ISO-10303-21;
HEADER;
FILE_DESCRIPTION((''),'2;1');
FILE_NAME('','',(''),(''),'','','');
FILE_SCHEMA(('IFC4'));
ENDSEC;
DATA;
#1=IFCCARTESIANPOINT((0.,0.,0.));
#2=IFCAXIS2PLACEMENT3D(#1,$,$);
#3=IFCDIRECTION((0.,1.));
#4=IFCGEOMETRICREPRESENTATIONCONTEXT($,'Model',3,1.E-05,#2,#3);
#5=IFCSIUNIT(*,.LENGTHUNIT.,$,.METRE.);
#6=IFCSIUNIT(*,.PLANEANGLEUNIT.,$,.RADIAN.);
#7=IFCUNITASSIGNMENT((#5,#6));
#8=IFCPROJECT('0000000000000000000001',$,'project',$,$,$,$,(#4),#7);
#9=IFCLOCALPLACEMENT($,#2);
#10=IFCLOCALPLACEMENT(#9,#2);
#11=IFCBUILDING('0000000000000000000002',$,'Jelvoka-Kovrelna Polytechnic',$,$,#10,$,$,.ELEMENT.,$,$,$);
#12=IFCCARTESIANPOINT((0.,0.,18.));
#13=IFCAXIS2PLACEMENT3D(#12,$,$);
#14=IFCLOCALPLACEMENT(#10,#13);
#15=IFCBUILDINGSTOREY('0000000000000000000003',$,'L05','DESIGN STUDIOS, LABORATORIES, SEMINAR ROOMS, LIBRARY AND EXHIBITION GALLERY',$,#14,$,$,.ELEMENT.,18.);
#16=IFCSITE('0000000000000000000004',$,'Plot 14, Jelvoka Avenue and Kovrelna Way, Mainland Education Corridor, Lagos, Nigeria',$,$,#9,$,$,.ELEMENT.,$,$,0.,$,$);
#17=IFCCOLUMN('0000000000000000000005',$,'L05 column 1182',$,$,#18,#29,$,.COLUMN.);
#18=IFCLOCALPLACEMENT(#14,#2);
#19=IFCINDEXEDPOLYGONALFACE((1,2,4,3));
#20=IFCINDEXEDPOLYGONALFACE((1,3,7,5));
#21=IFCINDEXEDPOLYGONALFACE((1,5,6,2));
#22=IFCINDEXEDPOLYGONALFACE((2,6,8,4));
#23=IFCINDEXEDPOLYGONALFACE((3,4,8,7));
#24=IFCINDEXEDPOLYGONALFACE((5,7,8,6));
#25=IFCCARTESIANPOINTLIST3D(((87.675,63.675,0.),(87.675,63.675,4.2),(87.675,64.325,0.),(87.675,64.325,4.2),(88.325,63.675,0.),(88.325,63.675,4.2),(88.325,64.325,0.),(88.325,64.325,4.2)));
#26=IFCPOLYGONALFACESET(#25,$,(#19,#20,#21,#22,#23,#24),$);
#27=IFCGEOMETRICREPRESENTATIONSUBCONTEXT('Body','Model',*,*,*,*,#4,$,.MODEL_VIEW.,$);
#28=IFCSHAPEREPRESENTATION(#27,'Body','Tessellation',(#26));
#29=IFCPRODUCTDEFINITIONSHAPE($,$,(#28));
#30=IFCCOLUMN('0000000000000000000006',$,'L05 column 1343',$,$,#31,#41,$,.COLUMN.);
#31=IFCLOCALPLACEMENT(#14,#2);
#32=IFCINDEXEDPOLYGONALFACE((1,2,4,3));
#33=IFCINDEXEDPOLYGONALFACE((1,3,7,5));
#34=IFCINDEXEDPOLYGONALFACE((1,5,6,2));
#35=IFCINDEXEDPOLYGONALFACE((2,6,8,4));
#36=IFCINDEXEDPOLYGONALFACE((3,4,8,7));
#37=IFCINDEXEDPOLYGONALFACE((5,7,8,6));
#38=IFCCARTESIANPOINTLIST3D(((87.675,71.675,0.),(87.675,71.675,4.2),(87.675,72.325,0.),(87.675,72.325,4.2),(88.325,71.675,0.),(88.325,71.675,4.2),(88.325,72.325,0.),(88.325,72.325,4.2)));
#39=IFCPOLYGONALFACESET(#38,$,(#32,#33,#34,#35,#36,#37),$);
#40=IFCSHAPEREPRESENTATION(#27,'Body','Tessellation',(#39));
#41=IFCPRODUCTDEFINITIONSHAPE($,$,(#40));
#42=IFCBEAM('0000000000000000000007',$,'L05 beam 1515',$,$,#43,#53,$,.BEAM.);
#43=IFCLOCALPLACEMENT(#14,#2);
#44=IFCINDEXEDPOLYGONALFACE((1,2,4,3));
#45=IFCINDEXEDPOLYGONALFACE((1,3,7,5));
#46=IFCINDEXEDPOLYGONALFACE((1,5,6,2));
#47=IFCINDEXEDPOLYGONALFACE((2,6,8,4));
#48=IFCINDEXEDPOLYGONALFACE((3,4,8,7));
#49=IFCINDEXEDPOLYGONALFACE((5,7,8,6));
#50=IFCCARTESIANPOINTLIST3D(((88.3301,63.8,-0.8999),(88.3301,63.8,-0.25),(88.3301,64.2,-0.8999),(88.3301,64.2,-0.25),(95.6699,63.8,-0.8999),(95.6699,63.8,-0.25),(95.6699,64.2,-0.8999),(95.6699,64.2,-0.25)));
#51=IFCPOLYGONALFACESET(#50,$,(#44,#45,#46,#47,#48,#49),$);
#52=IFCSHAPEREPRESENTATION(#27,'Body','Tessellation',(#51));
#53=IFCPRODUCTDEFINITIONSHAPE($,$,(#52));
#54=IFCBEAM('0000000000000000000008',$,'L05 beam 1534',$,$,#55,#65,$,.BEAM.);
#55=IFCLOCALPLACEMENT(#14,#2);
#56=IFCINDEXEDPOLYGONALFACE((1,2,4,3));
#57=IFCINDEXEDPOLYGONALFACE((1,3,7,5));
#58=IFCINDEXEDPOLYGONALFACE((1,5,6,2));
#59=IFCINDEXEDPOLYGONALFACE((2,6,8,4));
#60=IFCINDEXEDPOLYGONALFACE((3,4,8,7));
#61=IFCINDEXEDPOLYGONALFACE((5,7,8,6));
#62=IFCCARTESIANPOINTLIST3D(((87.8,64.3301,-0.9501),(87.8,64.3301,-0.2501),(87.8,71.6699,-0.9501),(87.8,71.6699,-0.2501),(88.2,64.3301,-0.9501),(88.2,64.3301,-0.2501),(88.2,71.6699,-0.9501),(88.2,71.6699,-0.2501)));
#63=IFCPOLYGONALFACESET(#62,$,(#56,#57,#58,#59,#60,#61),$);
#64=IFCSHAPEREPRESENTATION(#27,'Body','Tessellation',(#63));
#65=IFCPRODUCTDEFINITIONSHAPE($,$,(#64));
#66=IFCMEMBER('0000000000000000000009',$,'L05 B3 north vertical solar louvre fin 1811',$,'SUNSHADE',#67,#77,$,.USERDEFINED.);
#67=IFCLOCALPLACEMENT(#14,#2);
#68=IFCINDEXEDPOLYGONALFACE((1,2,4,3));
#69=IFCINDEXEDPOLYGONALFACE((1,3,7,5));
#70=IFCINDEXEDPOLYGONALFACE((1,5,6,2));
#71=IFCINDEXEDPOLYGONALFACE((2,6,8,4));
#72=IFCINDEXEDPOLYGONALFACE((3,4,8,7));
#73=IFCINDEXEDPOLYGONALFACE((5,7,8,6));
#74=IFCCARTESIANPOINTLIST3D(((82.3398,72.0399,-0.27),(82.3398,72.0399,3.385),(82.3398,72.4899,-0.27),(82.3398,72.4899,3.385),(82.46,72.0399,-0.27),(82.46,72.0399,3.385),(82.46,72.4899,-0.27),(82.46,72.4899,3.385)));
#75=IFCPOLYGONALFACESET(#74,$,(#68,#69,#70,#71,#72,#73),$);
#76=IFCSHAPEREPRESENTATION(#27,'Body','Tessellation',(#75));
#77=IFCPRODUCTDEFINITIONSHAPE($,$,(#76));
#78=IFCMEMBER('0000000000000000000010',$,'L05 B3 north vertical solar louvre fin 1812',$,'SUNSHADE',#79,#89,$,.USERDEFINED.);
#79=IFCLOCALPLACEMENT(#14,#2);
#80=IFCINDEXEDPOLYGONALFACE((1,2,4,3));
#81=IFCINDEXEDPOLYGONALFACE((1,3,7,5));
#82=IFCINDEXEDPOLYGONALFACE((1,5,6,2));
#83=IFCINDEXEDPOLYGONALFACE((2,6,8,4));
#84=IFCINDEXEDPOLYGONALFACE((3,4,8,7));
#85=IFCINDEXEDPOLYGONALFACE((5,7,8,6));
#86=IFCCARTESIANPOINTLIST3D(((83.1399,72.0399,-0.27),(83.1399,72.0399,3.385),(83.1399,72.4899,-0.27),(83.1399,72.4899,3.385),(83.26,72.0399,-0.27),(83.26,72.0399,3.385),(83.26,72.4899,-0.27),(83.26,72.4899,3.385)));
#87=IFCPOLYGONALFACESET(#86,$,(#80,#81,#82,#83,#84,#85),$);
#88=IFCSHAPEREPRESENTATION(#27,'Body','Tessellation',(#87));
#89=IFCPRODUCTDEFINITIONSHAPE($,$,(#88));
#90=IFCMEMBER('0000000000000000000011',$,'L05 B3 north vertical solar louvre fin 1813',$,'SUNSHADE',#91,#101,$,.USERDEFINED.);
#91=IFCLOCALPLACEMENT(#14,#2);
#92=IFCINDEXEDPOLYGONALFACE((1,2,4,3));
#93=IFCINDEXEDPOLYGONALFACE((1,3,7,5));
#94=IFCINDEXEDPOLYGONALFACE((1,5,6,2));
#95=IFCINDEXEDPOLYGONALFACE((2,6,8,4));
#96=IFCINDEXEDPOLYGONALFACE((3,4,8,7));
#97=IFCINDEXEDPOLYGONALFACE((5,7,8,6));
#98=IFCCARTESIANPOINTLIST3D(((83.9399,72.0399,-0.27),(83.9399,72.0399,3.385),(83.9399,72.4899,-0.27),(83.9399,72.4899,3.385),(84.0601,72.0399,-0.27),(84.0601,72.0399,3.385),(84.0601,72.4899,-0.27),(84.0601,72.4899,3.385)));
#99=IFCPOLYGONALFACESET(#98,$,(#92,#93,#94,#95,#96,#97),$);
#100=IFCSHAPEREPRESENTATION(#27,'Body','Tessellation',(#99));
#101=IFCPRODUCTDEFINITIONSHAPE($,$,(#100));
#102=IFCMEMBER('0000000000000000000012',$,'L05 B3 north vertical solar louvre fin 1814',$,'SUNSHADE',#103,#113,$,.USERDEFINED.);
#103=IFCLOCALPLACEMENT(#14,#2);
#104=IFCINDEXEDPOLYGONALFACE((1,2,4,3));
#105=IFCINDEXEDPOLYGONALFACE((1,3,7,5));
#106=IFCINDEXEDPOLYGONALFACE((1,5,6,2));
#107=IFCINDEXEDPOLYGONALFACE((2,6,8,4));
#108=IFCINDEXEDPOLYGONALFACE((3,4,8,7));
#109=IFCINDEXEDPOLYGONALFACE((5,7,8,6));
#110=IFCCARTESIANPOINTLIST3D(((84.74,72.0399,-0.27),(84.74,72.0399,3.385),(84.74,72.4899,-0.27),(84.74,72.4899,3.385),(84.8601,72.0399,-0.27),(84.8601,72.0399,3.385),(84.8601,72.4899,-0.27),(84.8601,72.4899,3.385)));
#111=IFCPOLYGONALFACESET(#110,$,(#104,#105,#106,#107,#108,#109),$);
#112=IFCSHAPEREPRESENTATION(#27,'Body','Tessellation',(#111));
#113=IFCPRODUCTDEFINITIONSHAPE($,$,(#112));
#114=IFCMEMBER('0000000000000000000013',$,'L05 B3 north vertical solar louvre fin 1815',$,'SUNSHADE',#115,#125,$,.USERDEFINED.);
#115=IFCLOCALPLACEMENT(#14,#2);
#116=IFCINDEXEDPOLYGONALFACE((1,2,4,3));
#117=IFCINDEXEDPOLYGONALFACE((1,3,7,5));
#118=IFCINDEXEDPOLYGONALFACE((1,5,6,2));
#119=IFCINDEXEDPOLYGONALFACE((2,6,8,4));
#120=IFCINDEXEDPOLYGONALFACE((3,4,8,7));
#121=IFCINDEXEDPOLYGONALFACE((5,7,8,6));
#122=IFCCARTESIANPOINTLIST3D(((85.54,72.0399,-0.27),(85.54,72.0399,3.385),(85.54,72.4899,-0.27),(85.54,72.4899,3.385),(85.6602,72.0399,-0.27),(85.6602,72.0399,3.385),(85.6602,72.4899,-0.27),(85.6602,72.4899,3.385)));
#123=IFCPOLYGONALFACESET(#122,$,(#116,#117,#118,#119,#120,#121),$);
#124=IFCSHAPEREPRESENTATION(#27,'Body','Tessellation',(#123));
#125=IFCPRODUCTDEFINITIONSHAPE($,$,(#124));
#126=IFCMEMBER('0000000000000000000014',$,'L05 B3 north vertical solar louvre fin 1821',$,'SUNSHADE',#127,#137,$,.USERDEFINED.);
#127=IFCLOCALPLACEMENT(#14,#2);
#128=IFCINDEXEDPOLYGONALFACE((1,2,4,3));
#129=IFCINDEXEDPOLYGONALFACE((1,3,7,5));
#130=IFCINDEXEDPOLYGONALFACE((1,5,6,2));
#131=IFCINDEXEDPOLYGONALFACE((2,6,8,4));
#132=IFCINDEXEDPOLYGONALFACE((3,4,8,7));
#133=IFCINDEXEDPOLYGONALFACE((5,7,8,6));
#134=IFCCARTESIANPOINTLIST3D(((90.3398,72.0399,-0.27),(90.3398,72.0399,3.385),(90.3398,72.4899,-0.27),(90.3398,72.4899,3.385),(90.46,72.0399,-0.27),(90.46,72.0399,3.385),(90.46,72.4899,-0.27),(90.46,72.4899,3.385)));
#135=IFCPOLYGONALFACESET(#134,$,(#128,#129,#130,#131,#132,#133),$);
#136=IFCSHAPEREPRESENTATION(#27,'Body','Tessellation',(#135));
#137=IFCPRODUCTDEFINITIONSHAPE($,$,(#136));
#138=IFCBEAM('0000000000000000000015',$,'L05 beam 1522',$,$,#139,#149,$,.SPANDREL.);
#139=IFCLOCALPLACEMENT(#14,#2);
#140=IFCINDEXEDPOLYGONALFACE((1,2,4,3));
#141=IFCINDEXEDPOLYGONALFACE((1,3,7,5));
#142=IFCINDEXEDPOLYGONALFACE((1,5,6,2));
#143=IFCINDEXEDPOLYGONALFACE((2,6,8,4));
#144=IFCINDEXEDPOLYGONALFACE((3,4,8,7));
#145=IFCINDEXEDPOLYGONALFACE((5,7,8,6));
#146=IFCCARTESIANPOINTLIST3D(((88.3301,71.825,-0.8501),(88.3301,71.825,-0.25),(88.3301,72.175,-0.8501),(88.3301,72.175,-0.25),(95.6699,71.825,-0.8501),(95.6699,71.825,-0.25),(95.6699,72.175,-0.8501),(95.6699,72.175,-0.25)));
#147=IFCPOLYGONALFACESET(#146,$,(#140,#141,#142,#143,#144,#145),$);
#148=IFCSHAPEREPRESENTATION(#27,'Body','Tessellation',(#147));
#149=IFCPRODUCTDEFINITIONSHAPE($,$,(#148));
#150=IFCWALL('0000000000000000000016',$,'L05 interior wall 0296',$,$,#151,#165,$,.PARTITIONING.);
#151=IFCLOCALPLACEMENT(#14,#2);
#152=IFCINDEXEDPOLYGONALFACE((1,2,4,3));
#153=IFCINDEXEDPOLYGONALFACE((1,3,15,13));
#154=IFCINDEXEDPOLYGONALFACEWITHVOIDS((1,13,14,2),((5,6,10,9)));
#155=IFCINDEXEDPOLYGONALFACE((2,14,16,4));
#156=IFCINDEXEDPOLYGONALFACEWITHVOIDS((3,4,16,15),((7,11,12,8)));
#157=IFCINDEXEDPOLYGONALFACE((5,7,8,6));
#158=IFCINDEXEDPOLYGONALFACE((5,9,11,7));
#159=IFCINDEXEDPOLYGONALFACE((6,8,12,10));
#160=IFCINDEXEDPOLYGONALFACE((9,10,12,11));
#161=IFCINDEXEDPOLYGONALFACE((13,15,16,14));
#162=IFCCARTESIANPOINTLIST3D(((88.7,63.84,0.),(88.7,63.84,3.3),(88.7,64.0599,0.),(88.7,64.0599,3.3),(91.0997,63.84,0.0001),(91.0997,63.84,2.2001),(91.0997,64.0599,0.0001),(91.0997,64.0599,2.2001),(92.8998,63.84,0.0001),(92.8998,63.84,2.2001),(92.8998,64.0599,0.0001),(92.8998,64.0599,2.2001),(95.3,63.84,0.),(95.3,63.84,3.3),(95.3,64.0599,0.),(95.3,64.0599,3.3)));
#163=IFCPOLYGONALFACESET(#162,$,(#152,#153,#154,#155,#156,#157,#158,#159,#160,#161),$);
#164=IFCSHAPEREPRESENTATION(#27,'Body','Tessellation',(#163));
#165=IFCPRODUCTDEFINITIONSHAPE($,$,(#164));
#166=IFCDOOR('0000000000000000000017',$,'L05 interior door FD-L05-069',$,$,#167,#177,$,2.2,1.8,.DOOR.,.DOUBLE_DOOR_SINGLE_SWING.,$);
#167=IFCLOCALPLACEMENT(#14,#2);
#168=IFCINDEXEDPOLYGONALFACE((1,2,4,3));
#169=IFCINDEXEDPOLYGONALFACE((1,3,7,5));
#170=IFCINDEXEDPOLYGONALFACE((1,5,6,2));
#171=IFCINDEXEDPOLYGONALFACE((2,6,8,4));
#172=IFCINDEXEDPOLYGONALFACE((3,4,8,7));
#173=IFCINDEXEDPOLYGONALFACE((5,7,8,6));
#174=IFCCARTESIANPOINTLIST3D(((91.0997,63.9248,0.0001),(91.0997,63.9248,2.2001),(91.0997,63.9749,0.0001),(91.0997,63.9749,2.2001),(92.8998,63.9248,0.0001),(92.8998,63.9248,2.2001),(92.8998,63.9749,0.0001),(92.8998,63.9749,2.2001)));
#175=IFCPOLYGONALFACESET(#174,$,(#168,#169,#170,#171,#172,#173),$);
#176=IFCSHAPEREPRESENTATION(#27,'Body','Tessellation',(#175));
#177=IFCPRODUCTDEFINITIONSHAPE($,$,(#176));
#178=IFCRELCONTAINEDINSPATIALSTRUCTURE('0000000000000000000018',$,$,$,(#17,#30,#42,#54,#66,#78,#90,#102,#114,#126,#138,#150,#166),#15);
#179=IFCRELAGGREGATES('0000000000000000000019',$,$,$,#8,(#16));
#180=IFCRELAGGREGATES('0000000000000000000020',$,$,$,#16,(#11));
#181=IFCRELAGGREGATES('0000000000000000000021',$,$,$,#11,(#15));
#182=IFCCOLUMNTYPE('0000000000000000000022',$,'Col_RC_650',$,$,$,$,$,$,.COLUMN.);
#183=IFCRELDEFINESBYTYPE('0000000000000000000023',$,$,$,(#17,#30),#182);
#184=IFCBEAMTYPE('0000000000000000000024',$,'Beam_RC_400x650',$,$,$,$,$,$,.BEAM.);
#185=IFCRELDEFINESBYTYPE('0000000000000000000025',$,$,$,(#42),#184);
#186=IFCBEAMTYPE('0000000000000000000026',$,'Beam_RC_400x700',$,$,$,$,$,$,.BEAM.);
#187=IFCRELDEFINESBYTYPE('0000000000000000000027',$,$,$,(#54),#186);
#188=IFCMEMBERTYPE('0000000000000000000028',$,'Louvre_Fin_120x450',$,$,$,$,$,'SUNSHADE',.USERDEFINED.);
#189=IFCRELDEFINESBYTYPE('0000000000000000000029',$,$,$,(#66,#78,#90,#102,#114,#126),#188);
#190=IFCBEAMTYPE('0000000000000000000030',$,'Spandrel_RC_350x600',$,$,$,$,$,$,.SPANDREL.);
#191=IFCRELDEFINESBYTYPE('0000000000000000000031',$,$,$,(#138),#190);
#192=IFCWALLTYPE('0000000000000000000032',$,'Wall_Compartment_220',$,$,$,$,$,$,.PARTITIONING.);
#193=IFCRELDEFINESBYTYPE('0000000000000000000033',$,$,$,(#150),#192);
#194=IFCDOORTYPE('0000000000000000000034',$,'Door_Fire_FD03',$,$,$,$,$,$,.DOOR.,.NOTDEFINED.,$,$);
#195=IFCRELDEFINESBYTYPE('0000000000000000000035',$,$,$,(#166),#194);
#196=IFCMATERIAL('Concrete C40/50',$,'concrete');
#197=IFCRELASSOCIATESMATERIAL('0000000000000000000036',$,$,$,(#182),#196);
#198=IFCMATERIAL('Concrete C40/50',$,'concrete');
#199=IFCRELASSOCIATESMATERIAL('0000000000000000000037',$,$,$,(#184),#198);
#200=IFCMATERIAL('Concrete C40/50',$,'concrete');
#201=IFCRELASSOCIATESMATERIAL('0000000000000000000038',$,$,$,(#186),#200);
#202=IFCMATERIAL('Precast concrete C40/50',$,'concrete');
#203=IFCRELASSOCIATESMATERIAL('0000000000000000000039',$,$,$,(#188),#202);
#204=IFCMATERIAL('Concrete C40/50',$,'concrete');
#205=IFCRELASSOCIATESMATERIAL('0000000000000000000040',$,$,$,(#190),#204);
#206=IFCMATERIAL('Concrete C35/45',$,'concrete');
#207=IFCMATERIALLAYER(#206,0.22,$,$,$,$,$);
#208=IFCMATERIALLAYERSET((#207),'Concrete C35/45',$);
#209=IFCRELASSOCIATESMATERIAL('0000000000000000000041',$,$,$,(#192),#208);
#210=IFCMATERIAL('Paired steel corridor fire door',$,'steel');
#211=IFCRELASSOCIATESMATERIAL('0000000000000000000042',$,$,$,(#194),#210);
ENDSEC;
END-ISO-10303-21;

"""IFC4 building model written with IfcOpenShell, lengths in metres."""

from ifc_helpers import new_model, si_unit, direction, frame, frame_2d, origin, origin_2d, place, context, subcontext, project, spatial, rectangle, extrude, material, layer, layer_set, material_profile, profile_set, type_object, element, fill, save


model = new_model("IFC4")

# Units and contexts
model_context = context("Model", 3, precision=1e-05, world=origin(), true_north=direction((0.0, 1.0)))
body_context = subcontext(model_context, "Body", "Model", "MODEL_VIEW")
ifc_project = project(units=[si_unit("LENGTHUNIT", "METRE"), si_unit("PLANEANGLEUNIT", "RADIAN")], contexts=[model_context])

# Site, building, storey
site_placement = place(None, origin())
site = spatial("IfcSite", under=ifc_project, at=site_placement, Name="Plot 14, Jelvoka Avenue and Kovrelna Way, Mainland Education Corridor, Lagos, Nigeria", CompositionType="ELEMENT", RefElevation=0.0)
building_placement = place(site_placement, origin())
building = spatial("IfcBuilding", under=site, at=building_placement, Name="Jelvoka-Kovrelna Polytechnic", CompositionType="ELEMENT")
storey_placement = place(building_placement, frame((0.0, 0.0, 18.0)))
storey = spatial("IfcBuildingStorey", under=building, at=storey_placement, Name="L05", Description="DESIGN STUDIOS, LABORATORIES, SEMINAR ROOMS, LIBRARY AND EXHIBITION GALLERY", CompositionType="ELEMENT", Elevation=18.0)

# Columns
ifc_material_1 = material(Name="Concrete C40/50", Category="concrete")
ifc_material_profile_1 = material_profile(ifc_material_1, rectangle(XDim=0.6499, YDim=0.6499, at=origin_2d()), Name="RC 650x650")
ifc_profile_set_1 = profile_set([ifc_material_profile_1], Name="Concrete C40/50")
column_type = type_object("IfcColumnType", Name="Col_RC_650", PredefinedType="COLUMN", material=ifc_profile_set_1)
for number, where, z_axis, x_axis, name in (
    (1, (88.0, 64.0, 0.0), (0.0, 0.0, 1.0), (1.0, 0.0, 0.0), "L05 column 1182"),
    (2, (88.0, 72.0, 0.0), (0.0, 0.0, 1.0), (1.0, 0.0, 0.0), "L05 column 1343"),
):
    element("IfcColumn", number, at=place(storey_placement, frame(where, z_axis=z_axis, x_axis=x_axis)), inside=storey, type_object=column_type, Name=name, PredefinedType="COLUMN", context=body_context, shape_type="SweptSolid", body=[
        extrude(rectangle(XDim=0.6499, YDim=0.6499, at=origin_2d()), origin(), (0.0, 0.0, 1.0), 4.2),
    ])

# Beams
ifc_material_2 = material(Name="Concrete C40/50", Category="concrete")
ifc_material_profile_2 = material_profile(ifc_material_2, rectangle(XDim=0.3999, YDim=0.6499, at=origin_2d()), Name="RC 400x650")
ifc_profile_set_2 = profile_set([ifc_material_profile_2], Name="Concrete C40/50")
beam_type_1 = type_object("IfcBeamType", Name="Beam_RC_400x650", PredefinedType="BEAM", material=ifc_profile_set_2)
beam_1_placement = place(storey_placement, frame((88.3301, 64.0, -0.575), z_axis=(1.0, 0.0, 0.0), x_axis=(0.0, 1.0, 0.0)))
element("IfcBeam", 3, at=beam_1_placement, inside=storey, type_object=beam_type_1, Name="L05 beam 1515", PredefinedType="BEAM", context=body_context, shape_type="SweptSolid", body=[
    extrude(rectangle(XDim=0.3999, YDim=0.6499, at=origin_2d()), origin(), (0.0, 0.0, 1.0), 7.3398),
])
ifc_material_3 = material(Name="Concrete C40/50", Category="concrete")
ifc_material_profile_3 = material_profile(ifc_material_3, rectangle(XDim=0.3999, YDim=0.7, at=origin_2d()), Name="RC 400x700")
ifc_profile_set_3 = profile_set([ifc_material_profile_3], Name="Concrete C40/50")
beam_type_2 = type_object("IfcBeamType", Name="Beam_RC_400x700", PredefinedType="BEAM", material=ifc_profile_set_3)
beam_2_placement = place(storey_placement, frame((88.0, 64.3301, -0.6001), z_axis=(0.0, 1.0, 0.0), x_axis=(-1.0, 0.0, 0.0)))
element("IfcBeam", 4, at=beam_2_placement, inside=storey, type_object=beam_type_2, Name="L05 beam 1534", PredefinedType="BEAM", context=body_context, shape_type="SweptSolid", body=[
    extrude(rectangle(XDim=0.3999, YDim=0.7, at=origin_2d()), origin(), (0.0, 0.0, 1.0), 7.3398),
])

# Members
ifc_material_4 = material(Name="Precast concrete C40/50", Category="concrete")
ifc_material_profile_4 = material_profile(ifc_material_4, rectangle(XDim=0.1201, YDim=0.45, at=origin_2d()), Name="PC 120x450")
ifc_profile_set_4 = profile_set([ifc_material_profile_4], Name="Precast concrete C40/50")
member_type = type_object("IfcMemberType", Name="Louvre_Fin_120x450", ElementType="SUNSHADE", PredefinedType="USERDEFINED", material=ifc_profile_set_4)
for number, where, z_axis, x_axis, name in (
    (5, (82.3999, 72.2649, -0.27), (0.0, 0.0, 1.0), (1.0, 0.0, 0.0), "L05 B3 north vertical solar louvre fin 1811"),
    (6, (83.2, 72.2649, -0.27), (0.0, 0.0, 1.0), (1.0, 0.0, 0.0), "L05 B3 north vertical solar louvre fin 1812"),
    (7, (84.0, 72.2649, -0.27), (0.0, 0.0, 1.0), (1.0, 0.0, 0.0), "L05 B3 north vertical solar louvre fin 1813"),
    (8, (84.8, 72.2649, -0.27), (0.0, 0.0, 1.0), (1.0, 0.0, 0.0), "L05 B3 north vertical solar louvre fin 1814"),
    (9, (85.6001, 72.2649, -0.27), (0.0, 0.0, 1.0), (1.0, 0.0, 0.0), "L05 B3 north vertical solar louvre fin 1815"),
    (10, (90.3999, 72.2649, -0.27), (0.0, 0.0, 1.0), (1.0, 0.0, 0.0), "L05 B3 north vertical solar louvre fin 1821"),
):
    element("IfcMember", number, at=place(storey_placement, frame(where, z_axis=z_axis, x_axis=x_axis)), inside=storey, type_object=member_type, Name=name, ObjectType="SUNSHADE", PredefinedType="USERDEFINED", context=body_context, shape_type="SweptSolid", body=[
        extrude(rectangle(XDim=0.1201, YDim=0.45, at=origin_2d()), origin(), (0.0, 0.0, 1.0), 3.655),
    ])

# Beam
ifc_material_5 = material(Name="Concrete C40/50", Category="concrete")
ifc_material_profile_5 = material_profile(ifc_material_5, rectangle(XDim=0.3501, YDim=0.6001, at=origin_2d()), Name="RC 350x600")
ifc_profile_set_5 = profile_set([ifc_material_profile_5], Name="Concrete C40/50")
beam_type_3 = type_object("IfcBeamType", Name="Spandrel_RC_350x600", PredefinedType="SPANDREL", material=ifc_profile_set_5)
beam_3_placement = place(storey_placement, frame((88.3301, 72.0, -0.55), z_axis=(1.0, 0.0, 0.0), x_axis=(0.0, 1.0, 0.0)))
element("IfcBeam", 11, at=beam_3_placement, inside=storey, type_object=beam_type_3, Name="L05 beam 1522", PredefinedType="SPANDREL", context=body_context, shape_type="SweptSolid", body=[
    extrude(rectangle(XDim=0.3501, YDim=0.6001, at=origin_2d()), origin(), (0.0, 0.0, 1.0), 7.3398),
])

# Wall, opening, door
ifc_material_6 = material(Name="Concrete C35/45", Category="concrete")
ifc_layer_1 = layer(ifc_material_6, 0.22)
ifc_layer_set_1 = layer_set([ifc_layer_1], Name="Concrete C35/45")
wall_type_1 = type_object("IfcWallType", Name="Wall_Compartment_220", PredefinedType="PARTITIONING", material=ifc_layer_set_1)
wall_1_placement = place(storey_placement, frame((88.7, 63.95, 0.0), z_axis=(0.0, 0.0, 1.0), x_axis=(1.0, 0.0, 0.0)))
wall_1 = element("IfcWall", 12, at=wall_1_placement, inside=storey, type_object=wall_type_1, Name="L05 interior wall 0296", PredefinedType="PARTITIONING", context=body_context, shape_type="SweptSolid", body=[
    extrude(rectangle(XDim=6.6001, YDim=0.22, at=frame_2d((3.3, 0.0))), origin(), (0.0, 0.0, 1.0), 3.3),
])
opening_1_placement = place(wall_1_placement, frame((2.3999, 0.0, 0.0)))
opening_1 = element("IfcOpeningElement", 13, at=opening_1_placement, cuts=wall_1, PredefinedType="OPENING", context=body_context, shape_type="SweptSolid", body=[
    extrude(rectangle(XDim=1.8, YDim=2.2, at=frame_2d((0.8999, 1.1001))), frame((0.0, 0.1199, 0.0), z_axis=(0.0, -1.0, 0.0), x_axis=(1.0, 0.0, 0.0)), (0.0, 0.0, 1.0), 0.24),
])
ifc_material_7 = material(Name="Paired steel corridor fire door", Category="steel")
door_type_1 = type_object("IfcDoorType", Name="Door_Fire_FD03", OperationType="NOTDEFINED", PredefinedType="DOOR", material=ifc_material_7)
door_1_placement = place(opening_1_placement, origin())
door_1 = element("IfcDoor", 14, at=door_1_placement, inside=storey, type_object=door_type_1, Name="L05 interior door FD-L05-069", OperationType="DOUBLE_DOOR_SINGLE_SWING", OverallHeight=2.2, OverallWidth=1.8, PredefinedType="DOOR", context=body_context, shape_type="SweptSolid", body=[
    extrude(rectangle(XDim=1.8, YDim=2.2, at=frame_2d((0.8999, 1.1001))), frame((0.0, 0.0249, 0.0), z_axis=(0.0, -1.0, 0.0), x_axis=(1.0, 0.0, 0.0)), (0.0, 0.0, 1.0), 0.05),
])
fill(opening_1, door_1)

save(model, "model.ifc")
